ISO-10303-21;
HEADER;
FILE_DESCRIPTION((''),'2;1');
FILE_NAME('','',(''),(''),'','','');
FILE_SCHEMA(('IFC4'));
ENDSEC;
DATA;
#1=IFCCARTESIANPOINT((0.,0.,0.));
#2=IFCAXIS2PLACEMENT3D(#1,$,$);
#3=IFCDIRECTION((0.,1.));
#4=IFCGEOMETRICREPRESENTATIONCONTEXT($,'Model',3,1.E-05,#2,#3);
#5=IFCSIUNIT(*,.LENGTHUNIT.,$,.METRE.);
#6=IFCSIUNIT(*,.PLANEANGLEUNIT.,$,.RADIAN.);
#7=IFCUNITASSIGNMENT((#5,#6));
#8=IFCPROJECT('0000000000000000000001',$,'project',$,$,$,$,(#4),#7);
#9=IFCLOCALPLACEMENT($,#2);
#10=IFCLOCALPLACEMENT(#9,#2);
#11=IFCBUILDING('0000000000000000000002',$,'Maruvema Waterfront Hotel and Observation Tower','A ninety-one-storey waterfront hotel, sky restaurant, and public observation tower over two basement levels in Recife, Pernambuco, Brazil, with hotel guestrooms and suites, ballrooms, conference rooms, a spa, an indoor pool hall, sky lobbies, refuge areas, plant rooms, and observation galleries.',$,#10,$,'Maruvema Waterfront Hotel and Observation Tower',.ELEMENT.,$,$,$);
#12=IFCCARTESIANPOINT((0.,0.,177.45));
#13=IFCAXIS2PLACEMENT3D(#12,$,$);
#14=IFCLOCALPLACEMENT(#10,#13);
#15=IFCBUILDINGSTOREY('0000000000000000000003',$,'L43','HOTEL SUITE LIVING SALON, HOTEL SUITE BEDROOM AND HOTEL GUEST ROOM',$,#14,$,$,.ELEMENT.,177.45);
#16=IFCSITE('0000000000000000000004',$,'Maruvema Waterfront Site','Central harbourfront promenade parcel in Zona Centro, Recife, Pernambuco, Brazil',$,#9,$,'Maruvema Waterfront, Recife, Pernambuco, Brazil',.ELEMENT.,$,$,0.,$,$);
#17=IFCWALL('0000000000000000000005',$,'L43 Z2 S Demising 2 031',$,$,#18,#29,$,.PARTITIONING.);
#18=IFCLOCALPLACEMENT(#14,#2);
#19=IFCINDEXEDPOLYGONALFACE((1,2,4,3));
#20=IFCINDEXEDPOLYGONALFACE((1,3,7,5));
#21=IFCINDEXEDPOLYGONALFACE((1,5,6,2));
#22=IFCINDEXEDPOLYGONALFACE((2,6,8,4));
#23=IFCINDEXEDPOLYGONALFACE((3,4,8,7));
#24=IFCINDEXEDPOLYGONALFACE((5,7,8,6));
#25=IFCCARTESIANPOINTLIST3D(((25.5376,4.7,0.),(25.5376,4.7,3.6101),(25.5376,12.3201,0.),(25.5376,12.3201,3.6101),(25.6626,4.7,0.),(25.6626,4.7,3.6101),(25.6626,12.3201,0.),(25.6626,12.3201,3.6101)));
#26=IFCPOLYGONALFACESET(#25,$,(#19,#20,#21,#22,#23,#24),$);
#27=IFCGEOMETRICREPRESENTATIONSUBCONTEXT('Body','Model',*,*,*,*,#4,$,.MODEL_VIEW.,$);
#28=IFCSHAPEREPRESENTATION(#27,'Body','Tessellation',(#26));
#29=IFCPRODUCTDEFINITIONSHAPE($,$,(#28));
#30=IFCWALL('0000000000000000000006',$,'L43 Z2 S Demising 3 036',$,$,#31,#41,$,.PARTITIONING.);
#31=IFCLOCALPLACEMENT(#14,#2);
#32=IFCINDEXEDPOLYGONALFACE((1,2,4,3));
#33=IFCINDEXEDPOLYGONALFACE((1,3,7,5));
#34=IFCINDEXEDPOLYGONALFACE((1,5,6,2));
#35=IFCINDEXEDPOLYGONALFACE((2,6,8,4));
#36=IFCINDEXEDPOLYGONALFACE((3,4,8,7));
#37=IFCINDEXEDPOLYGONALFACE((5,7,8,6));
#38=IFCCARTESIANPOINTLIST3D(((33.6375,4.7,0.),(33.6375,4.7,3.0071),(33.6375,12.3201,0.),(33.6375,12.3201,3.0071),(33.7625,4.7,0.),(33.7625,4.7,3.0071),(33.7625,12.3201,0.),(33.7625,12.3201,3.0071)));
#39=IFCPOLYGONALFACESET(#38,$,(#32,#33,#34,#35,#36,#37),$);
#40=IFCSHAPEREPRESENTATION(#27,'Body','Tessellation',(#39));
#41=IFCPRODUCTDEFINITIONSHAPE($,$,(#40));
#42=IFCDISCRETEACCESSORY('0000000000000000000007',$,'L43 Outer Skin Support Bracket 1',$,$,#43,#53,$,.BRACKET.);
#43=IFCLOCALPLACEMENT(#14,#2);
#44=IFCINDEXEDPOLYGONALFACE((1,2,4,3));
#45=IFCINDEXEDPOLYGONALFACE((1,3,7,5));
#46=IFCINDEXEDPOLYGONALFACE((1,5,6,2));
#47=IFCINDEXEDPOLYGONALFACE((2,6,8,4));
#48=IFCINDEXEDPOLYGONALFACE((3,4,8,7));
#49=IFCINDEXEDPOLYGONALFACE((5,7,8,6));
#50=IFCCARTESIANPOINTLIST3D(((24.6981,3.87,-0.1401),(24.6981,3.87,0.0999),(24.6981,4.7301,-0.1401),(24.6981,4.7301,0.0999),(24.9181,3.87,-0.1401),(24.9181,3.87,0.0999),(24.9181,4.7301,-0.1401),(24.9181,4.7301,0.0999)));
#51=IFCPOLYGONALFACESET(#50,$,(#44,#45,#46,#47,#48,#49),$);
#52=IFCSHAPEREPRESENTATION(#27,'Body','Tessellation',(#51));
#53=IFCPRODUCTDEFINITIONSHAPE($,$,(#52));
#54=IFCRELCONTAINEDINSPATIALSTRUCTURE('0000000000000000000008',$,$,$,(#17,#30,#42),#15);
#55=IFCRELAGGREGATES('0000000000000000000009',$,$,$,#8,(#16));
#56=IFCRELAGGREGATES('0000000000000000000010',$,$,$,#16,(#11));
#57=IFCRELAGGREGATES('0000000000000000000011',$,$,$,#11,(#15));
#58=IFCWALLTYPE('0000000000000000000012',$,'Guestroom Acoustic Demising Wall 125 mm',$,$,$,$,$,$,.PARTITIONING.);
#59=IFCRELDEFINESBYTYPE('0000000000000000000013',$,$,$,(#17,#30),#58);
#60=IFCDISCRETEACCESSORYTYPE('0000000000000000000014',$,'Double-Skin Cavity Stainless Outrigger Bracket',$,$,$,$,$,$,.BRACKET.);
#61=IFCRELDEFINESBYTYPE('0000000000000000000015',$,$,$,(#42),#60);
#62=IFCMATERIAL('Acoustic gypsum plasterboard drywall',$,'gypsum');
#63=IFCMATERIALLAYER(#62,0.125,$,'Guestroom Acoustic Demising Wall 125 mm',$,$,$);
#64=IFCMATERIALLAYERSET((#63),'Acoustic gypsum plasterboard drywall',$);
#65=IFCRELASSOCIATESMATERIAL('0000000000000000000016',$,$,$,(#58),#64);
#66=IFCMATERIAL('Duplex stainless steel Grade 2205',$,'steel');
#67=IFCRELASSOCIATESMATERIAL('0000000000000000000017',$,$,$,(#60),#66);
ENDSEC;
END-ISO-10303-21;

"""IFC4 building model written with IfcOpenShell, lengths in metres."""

from ifc_helpers import new_model, si_unit, direction, frame, frame_2d, origin, origin_2d, place, context, subcontext, project, spatial, rectangle, extrude, material, layer, layer_set, type_object, element, save


model = new_model("IFC4")

# Units and contexts
model_context = context("Model", 3, precision=1e-05, world=origin(), true_north=direction((0.0, 1.0)))
body_context = subcontext(model_context, "Body", "Model", "MODEL_VIEW")
ifc_project = project(units=[si_unit("LENGTHUNIT", "METRE"), si_unit("PLANEANGLEUNIT", "RADIAN")], contexts=[model_context])

# Site, building, storey
site_placement = place(None, origin())
site = spatial("IfcSite", under=ifc_project, at=site_placement, Name="Maruvema Waterfront Site", Description="Central harbourfront promenade parcel in Zona Centro, Recife, Pernambuco, Brazil", LongName="Maruvema Waterfront, Recife, Pernambuco, Brazil", CompositionType="ELEMENT", RefElevation=0.0)
building_placement = place(site_placement, origin())
building = spatial("IfcBuilding", under=site, at=building_placement, Name="Maruvema Waterfront Hotel and Observation Tower", Description="A ninety-one-storey waterfront hotel, sky restaurant, and public observation tower over two basement levels in Recife, Pernambuco, Brazil, with hotel guestrooms and suites, ballrooms, conference rooms, a spa, an indoor pool hall, sky lobbies, refuge areas, plant rooms, and observation galleries.", LongName="Maruvema Waterfront Hotel and Observation Tower", CompositionType="ELEMENT")
storey_placement = place(building_placement, frame((0.0, 0.0, 177.45)))
storey = spatial("IfcBuildingStorey", under=building, at=storey_placement, Name="L43", Description="HOTEL SUITE LIVING SALON, HOTEL SUITE BEDROOM AND HOTEL GUEST ROOM", CompositionType="ELEMENT", Elevation=177.45)

# Walls
ifc_material_1 = material(Name="Acoustic gypsum plasterboard drywall", Category="gypsum")
ifc_layer_1 = layer(ifc_material_1, 0.125, Name="Guestroom Acoustic Demising Wall 125 mm")
ifc_layer_set_1 = layer_set([ifc_layer_1], Name="Acoustic gypsum plasterboard drywall")
wall_type_1 = type_object("IfcWallType", Name="Guestroom Acoustic Demising Wall 125 mm", PredefinedType="PARTITIONING", material=ifc_layer_set_1)
wall_1_placement = place(storey_placement, frame((25.6001, 4.7, 0.0), z_axis=(0.0, 0.0, 1.0), x_axis=(0.0, 1.0, 0.0)))
element("IfcWall", 1, at=wall_1_placement, inside=storey, type_object=wall_type_1, Name="L43 Z2 S Demising 2 031", PredefinedType="PARTITIONING", context=body_context, shape_type="SweptSolid", body=[
    extrude(rectangle(XDim=7.6201, YDim=0.125, at=frame_2d((3.8101, 0.0))), origin(), (0.0, 0.0, 1.0), 3.6101),
])
wall_2_placement = place(storey_placement, frame((33.7, 4.7, 0.0), z_axis=(0.0, 0.0, 1.0), x_axis=(0.0, 1.0, 0.0)))
element("IfcWall", 2, at=wall_2_placement, inside=storey, type_object=wall_type_1, Name="L43 Z2 S Demising 3 036", PredefinedType="PARTITIONING", context=body_context, shape_type="SweptSolid", body=[
    extrude(rectangle(XDim=7.6201, YDim=0.125, at=frame_2d((3.8101, 0.0))), origin(), (0.0, 0.0, 1.0), 3.0071),
])

# Discrete accessory
ifc_material_2 = material(Name="Duplex stainless steel Grade 2205", Category="steel")
discrete_accessory_type = type_object("IfcDiscreteAccessoryType", Name="Double-Skin Cavity Stainless Outrigger Bracket", PredefinedType="BRACKET", material=ifc_material_2)
discrete_accessory_placement = place(storey_placement, frame((24.8081, 4.3, -0.1401), z_axis=(0.0, 0.0, 1.0), x_axis=(1.0, 0.0, 0.0)))
element("IfcDiscreteAccessory", 3, at=discrete_accessory_placement, inside=storey, type_object=discrete_accessory_type, Name="L43 Outer Skin Support Bracket 1", PredefinedType="BRACKET", context=body_context, shape_type="SweptSolid", body=[
    extrude(rectangle(XDim=0.22, YDim=0.8601, at=origin_2d()), origin(), (0.0, 0.0, 1.0), 0.24),
])

save(model, "model.ifc")
